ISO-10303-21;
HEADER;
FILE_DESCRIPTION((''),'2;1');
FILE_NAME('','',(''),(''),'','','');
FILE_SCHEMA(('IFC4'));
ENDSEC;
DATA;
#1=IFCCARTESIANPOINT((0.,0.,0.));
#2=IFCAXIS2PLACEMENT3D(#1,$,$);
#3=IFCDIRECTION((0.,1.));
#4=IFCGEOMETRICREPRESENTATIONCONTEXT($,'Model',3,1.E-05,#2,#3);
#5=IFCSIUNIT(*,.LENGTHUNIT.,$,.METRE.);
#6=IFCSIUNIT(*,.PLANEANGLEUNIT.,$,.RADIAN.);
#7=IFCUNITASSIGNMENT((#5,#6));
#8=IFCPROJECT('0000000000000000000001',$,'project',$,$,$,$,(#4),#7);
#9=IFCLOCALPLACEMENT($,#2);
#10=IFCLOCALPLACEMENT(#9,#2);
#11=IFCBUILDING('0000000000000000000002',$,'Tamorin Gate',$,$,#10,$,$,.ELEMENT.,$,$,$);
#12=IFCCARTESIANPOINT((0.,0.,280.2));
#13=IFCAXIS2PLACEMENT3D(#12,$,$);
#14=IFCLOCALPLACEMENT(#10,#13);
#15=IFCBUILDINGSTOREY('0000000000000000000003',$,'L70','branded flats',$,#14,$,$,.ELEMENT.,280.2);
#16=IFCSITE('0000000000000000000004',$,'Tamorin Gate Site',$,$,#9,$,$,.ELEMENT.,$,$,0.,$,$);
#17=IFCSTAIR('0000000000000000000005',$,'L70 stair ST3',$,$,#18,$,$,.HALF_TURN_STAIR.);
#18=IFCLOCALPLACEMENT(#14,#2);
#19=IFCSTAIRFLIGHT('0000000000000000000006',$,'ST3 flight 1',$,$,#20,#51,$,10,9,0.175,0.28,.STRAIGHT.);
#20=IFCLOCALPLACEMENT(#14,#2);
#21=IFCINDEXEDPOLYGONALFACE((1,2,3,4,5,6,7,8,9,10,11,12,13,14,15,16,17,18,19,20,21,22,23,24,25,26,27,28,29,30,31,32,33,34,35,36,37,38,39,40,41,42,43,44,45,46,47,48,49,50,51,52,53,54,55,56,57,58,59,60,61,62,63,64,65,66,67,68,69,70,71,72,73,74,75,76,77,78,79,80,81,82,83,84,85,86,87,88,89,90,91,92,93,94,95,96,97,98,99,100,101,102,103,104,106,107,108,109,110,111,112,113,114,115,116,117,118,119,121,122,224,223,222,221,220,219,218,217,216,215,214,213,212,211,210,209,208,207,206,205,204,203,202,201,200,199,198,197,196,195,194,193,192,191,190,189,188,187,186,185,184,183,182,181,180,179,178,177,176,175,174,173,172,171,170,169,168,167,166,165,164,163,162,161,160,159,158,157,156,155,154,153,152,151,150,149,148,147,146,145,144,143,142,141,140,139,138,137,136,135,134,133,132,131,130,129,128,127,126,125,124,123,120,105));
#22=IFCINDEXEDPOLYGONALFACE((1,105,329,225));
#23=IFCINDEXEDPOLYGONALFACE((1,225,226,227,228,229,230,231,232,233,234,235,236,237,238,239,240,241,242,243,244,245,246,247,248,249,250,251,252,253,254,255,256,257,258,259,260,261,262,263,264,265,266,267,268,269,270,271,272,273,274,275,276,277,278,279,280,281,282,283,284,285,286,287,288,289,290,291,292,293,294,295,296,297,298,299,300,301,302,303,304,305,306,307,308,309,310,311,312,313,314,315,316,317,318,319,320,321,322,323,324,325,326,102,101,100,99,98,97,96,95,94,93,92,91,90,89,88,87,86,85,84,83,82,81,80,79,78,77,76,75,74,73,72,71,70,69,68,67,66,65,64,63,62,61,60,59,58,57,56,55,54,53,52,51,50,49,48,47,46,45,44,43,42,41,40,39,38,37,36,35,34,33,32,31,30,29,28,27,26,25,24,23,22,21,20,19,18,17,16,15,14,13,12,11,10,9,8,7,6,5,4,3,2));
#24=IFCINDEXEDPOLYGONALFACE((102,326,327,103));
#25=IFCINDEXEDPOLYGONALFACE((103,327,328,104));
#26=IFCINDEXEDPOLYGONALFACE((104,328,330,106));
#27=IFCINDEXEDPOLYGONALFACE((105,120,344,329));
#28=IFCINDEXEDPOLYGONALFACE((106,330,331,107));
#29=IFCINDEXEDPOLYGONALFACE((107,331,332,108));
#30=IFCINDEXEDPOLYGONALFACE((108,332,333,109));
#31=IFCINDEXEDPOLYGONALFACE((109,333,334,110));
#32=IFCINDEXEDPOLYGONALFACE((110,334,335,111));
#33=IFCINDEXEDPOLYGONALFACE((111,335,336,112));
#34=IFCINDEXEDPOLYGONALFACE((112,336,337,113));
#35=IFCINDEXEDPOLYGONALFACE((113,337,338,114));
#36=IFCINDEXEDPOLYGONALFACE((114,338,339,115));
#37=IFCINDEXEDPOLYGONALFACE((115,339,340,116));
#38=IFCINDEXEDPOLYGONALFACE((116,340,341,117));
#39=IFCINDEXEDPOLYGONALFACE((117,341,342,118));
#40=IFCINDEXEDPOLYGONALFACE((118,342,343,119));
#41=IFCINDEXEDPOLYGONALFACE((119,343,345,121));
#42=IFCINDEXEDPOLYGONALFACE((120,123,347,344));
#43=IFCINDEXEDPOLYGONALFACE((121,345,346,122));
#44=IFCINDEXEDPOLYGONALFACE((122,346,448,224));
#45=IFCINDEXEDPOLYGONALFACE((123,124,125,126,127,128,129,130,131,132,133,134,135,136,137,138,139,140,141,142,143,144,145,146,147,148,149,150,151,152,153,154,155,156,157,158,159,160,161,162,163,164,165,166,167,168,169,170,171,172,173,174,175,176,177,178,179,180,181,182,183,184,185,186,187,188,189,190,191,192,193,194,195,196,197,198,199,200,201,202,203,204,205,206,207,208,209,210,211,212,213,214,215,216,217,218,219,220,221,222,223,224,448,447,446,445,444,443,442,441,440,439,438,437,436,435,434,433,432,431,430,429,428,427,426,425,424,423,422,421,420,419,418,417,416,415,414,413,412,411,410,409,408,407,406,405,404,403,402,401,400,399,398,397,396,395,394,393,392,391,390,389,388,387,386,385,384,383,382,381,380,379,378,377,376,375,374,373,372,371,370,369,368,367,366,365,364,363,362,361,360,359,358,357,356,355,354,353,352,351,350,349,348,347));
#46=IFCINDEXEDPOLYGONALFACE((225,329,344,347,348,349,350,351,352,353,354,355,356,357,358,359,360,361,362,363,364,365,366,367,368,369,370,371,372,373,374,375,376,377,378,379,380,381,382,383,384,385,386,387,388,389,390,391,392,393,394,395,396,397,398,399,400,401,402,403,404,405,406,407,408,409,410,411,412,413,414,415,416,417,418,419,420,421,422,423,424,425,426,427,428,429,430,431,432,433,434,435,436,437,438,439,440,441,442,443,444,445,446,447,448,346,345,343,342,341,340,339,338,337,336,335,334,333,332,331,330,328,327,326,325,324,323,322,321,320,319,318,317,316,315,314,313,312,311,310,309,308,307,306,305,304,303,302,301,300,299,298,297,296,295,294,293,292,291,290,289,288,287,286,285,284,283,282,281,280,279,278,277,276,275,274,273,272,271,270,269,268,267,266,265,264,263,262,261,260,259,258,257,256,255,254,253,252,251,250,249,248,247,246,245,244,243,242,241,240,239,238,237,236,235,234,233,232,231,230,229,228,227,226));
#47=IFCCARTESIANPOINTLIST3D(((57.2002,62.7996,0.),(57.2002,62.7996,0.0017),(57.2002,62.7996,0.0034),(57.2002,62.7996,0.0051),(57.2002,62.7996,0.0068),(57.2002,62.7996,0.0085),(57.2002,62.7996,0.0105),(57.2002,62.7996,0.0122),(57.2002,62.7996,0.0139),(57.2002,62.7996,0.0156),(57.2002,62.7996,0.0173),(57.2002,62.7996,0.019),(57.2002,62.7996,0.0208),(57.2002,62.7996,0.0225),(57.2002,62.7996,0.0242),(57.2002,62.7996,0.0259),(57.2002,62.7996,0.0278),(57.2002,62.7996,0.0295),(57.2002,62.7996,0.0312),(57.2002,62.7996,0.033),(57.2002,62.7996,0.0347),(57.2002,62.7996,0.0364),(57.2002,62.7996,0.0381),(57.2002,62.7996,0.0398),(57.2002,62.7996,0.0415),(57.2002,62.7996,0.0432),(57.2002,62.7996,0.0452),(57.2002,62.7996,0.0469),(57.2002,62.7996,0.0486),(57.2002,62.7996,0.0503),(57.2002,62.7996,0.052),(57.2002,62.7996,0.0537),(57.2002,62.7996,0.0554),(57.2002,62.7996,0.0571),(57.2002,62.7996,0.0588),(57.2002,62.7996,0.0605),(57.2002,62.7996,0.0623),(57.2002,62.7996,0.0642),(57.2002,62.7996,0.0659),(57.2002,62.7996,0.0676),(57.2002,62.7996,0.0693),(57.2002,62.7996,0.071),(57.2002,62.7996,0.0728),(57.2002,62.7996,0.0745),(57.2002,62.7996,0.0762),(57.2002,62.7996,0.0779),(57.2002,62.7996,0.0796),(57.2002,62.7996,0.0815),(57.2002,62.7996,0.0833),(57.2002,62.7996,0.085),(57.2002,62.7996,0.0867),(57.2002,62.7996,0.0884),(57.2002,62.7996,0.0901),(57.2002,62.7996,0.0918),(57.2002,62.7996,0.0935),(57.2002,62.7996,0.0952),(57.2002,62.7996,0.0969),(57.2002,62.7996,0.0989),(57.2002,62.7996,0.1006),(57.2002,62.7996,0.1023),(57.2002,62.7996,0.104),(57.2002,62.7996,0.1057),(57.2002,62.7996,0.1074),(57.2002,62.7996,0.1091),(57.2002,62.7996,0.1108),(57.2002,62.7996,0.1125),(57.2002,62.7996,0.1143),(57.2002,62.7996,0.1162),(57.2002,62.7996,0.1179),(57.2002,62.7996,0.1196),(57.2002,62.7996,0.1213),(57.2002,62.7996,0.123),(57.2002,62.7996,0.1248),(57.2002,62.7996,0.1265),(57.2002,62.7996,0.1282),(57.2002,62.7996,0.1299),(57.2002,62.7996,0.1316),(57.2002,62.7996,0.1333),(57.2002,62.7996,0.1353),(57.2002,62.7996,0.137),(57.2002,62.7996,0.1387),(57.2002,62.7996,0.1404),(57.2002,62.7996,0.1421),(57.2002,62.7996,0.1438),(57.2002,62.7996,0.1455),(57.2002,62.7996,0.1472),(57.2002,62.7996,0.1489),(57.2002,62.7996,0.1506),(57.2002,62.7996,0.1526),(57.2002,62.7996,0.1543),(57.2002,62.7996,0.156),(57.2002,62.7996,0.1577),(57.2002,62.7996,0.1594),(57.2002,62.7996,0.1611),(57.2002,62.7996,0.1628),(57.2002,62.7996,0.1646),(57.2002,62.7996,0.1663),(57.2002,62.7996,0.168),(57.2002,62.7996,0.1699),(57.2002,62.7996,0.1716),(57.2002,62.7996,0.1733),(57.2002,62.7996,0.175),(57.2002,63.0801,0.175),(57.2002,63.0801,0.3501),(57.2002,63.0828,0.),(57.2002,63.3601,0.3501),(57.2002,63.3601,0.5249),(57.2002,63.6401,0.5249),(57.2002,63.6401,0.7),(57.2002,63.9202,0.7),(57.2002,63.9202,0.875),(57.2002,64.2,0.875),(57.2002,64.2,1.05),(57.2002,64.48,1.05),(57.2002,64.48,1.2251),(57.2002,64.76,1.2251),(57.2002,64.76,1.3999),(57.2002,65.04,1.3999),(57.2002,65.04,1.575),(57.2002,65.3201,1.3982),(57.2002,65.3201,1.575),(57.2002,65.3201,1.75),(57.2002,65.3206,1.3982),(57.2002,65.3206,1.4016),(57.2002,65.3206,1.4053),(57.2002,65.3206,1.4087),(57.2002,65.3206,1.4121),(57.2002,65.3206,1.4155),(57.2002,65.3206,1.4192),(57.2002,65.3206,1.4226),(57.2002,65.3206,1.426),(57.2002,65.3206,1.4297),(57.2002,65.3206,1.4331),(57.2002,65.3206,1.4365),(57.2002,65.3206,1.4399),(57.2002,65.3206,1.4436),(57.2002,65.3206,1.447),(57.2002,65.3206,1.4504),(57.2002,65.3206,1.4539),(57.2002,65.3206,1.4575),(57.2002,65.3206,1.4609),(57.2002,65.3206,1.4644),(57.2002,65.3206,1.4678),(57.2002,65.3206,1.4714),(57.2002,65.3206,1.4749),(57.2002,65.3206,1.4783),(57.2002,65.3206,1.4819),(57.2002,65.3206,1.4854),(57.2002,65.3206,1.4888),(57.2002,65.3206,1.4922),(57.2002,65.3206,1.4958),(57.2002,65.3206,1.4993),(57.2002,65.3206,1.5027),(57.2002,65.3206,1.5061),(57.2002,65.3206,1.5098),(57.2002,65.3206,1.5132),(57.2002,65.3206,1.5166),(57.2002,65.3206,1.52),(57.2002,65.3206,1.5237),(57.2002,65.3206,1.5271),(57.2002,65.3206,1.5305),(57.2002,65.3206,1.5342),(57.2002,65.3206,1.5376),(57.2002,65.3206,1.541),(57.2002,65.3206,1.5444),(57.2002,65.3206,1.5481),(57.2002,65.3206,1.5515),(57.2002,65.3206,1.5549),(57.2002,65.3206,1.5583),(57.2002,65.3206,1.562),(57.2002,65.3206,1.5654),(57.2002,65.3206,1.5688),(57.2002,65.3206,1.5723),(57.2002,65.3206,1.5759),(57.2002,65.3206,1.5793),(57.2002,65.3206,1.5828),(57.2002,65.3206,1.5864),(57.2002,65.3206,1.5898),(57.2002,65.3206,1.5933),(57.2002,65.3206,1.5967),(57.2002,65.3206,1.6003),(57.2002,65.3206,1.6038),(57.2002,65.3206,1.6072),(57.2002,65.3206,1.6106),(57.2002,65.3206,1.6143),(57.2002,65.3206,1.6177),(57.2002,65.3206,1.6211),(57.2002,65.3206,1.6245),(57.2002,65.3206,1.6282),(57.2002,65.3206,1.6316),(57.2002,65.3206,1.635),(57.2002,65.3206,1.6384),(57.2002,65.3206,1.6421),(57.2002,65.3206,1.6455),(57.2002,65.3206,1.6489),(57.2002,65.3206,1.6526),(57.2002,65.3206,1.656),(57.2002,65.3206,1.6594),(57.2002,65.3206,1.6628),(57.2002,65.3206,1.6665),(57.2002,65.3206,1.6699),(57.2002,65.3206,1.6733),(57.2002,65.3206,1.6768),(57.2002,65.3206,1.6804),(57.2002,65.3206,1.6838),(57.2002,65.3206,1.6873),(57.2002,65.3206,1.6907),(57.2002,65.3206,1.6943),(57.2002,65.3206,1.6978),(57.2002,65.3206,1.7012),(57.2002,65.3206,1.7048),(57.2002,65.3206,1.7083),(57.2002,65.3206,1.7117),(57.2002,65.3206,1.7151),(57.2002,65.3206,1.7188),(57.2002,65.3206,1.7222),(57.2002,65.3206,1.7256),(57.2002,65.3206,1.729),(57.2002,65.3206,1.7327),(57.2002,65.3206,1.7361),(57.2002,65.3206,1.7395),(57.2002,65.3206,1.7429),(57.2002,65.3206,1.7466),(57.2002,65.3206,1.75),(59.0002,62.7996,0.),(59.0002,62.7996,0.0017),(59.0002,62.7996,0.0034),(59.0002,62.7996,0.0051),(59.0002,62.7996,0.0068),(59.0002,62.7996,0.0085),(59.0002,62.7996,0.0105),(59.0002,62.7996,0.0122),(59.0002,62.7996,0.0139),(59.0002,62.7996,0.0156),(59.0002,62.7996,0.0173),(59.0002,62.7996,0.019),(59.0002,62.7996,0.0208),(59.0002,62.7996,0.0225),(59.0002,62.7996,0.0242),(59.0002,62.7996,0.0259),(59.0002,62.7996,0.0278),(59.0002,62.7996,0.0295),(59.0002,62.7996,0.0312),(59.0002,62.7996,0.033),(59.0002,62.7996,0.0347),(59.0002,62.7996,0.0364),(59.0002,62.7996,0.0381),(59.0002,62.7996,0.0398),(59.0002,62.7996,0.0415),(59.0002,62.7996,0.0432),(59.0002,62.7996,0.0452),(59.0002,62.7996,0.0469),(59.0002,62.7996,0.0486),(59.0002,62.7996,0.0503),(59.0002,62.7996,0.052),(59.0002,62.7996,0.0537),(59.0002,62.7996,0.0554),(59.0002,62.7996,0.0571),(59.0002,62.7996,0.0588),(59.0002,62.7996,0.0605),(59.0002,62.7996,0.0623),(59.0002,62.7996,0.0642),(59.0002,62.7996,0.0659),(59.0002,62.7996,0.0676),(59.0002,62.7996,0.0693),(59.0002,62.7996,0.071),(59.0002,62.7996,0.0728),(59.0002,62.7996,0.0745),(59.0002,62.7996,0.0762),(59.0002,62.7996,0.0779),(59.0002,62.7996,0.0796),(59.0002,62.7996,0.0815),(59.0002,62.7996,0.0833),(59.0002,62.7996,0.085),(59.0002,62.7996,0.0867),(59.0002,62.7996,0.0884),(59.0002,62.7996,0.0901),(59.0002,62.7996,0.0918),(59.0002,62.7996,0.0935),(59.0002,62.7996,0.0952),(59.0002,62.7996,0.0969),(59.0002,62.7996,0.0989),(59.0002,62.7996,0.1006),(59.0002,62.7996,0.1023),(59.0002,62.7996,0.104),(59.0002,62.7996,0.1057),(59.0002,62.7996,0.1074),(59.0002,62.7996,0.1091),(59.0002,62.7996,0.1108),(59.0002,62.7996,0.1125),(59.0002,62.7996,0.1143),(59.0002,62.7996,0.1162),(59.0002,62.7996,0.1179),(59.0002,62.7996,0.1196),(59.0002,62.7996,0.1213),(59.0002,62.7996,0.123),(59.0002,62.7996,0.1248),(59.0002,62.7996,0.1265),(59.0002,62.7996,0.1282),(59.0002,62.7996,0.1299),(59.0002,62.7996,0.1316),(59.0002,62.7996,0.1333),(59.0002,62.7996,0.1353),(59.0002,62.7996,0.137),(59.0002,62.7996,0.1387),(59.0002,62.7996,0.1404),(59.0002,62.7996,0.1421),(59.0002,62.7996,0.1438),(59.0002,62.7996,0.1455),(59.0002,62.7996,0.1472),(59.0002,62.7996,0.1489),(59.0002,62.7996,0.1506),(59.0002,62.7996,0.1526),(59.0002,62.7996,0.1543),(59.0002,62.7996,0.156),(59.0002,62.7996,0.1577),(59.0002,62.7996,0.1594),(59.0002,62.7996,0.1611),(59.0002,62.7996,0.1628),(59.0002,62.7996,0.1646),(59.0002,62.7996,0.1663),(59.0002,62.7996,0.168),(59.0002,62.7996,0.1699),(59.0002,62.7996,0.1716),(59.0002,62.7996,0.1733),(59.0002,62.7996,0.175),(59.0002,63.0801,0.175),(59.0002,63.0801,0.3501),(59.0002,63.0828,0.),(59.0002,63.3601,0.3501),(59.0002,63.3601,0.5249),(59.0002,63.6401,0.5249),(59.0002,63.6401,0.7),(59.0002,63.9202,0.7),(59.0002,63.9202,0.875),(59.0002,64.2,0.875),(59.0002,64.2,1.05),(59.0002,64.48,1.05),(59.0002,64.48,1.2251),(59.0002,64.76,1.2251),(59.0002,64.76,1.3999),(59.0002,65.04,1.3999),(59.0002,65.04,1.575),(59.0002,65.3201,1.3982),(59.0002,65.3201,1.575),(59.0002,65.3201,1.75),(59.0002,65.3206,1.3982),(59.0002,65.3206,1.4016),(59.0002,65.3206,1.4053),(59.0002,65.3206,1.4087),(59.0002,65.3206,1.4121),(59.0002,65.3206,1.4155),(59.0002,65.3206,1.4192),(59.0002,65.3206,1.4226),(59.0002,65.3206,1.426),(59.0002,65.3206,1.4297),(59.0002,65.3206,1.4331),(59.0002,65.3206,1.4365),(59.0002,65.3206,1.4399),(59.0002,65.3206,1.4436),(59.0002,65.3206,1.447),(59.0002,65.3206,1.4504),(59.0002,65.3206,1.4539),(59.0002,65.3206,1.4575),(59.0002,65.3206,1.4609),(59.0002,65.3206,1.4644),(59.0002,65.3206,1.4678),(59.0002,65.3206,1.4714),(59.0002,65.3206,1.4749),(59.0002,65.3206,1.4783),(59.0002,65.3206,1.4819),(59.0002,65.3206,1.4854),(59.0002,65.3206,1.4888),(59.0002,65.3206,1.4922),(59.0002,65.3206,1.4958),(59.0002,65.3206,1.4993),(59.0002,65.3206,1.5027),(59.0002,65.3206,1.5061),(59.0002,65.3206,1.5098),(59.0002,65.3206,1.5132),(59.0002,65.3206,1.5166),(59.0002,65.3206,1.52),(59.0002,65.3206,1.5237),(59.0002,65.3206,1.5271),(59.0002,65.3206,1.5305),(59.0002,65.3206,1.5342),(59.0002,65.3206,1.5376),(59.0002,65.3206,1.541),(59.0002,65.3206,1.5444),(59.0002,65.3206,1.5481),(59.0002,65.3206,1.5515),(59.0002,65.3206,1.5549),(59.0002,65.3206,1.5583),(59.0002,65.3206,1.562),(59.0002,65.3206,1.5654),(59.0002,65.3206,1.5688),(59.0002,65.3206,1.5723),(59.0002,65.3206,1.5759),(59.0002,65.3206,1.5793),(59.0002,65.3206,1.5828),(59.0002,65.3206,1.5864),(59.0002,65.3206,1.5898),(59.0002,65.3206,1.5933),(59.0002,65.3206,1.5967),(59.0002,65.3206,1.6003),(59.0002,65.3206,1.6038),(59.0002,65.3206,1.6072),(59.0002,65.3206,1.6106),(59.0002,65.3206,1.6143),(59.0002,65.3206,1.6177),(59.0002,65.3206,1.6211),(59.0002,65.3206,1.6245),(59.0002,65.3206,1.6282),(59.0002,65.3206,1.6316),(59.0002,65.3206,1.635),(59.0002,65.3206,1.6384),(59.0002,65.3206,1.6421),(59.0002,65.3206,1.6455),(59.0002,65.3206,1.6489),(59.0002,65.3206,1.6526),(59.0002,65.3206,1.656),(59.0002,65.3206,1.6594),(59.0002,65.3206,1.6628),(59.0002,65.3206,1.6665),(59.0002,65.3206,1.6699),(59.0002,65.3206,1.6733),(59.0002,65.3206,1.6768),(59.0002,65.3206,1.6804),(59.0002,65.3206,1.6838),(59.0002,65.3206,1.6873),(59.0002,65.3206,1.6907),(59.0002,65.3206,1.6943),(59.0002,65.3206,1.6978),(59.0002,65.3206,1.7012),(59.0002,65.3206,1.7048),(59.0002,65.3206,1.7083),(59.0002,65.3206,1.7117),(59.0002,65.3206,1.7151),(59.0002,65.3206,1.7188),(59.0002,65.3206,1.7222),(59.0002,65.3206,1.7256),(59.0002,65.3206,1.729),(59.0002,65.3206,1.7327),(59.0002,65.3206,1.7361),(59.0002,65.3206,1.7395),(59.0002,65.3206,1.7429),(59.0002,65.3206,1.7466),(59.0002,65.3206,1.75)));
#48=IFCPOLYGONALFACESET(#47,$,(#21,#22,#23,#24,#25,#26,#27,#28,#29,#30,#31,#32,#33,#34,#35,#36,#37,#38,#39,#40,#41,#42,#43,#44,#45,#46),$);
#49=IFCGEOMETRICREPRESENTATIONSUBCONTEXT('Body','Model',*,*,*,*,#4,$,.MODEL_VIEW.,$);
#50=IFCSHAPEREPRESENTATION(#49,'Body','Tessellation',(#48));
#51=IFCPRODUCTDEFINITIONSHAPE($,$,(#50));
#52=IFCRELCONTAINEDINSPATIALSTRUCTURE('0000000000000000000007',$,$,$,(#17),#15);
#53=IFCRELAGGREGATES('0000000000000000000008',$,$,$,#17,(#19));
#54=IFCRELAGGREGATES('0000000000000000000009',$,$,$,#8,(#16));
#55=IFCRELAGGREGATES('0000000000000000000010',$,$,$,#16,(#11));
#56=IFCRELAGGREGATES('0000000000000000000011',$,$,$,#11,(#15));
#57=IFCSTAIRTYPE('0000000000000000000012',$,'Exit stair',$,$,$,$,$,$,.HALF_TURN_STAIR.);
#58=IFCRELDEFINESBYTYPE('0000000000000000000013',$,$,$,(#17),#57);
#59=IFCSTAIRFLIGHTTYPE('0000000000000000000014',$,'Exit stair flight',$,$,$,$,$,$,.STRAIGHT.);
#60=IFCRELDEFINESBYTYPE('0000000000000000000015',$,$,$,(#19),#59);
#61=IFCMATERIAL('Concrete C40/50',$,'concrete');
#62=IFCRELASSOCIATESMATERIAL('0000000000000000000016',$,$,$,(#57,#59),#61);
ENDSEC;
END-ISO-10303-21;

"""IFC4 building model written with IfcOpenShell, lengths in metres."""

from ifc_helpers import new_model, si_unit, direction, frame, origin, place, context, subcontext, project, spatial, polyline, outline, extrude, material, type_object, element, aggregate, save


model = new_model("IFC4")

# Units and contexts
model_context = context("Model", 3, precision=1e-05, world=origin(), true_north=direction((0.0, 1.0)))
body_context = subcontext(model_context, "Body", "Model", "MODEL_VIEW")
ifc_project = project(units=[si_unit("LENGTHUNIT", "METRE"), si_unit("PLANEANGLEUNIT", "RADIAN")], contexts=[model_context])

# Site, building, storey
site_placement = place(None, origin())
site = spatial("IfcSite", under=ifc_project, at=site_placement, Name="Tamorin Gate Site", CompositionType="ELEMENT", RefElevation=0.0)
building_placement = place(site_placement, origin())
building = spatial("IfcBuilding", under=site, at=building_placement, Name="Tamorin Gate", CompositionType="ELEMENT")
storey_placement = place(building_placement, frame((0.0, 0.0, 280.2)))
storey = spatial("IfcBuildingStorey", under=building, at=storey_placement, Name="L70", Description="branded flats", CompositionType="ELEMENT", Elevation=280.2)

# Stair, stair flight
ifc_material_1 = material(Name="Concrete C40/50", Category="concrete")
stair_type = type_object("IfcStairType", Name="Exit stair", PredefinedType="HALF_TURN_STAIR", material=ifc_material_1)
stair_placement = place(storey_placement, origin())
stair = element("IfcStair", 1, at=stair_placement, inside=storey, type_object=stair_type, Name="L70 stair ST3", PredefinedType="HALF_TURN_STAIR")
stair_flight_type = type_object("IfcStairFlightType", Name="Exit stair flight", PredefinedType="STRAIGHT", material=ifc_material_1)
stair_flight_placement = place(storey_placement, frame((58.1001, 62.8, 0.0), z_axis=(0.0, 0.0, 1.0), x_axis=(0.0, 1.0, 0.0)))
stair_flight = element("IfcStairFlight", 2, at=stair_flight_placement, type_object=stair_flight_type, Name="ST3 flight 1", NumberOfRisers=10, NumberOfTreads=9, PredefinedType="STRAIGHT", RiserHeight=0.175, TreadLength=0.28, context=body_context, shape_type="SweptSolid", body=[
    extrude(outline(polyline([(-0.0005, 0.0), (-0.0005, 0.0017), (-0.0005, 0.0034), (-0.0005, 0.0051), (-0.0005, 0.0068), (-0.0005, 0.0085), (-0.0005, 0.0105), (-0.0005, 0.0122), (-0.0005, 0.0139), (-0.0005, 0.0156), (-0.0005, 0.0173), (-0.0005, 0.019), (-0.0005, 0.0208), (-0.0005, 0.0225), (-0.0005, 0.0242), (-0.0005, 0.0259), (-0.0005, 0.0278), (-0.0005, 0.0295), (-0.0005, 0.0312), (-0.0005, 0.033), (-0.0005, 0.0347), (-0.0005, 0.0364), (-0.0005, 0.0381), (-0.0005, 0.0398), (-0.0005, 0.0415), (-0.0005, 0.0432), (-0.0005, 0.0452), (-0.0005, 0.0469), (-0.0005, 0.0486), (-0.0005, 0.0503), (-0.0005, 0.052), (-0.0005, 0.0537), (-0.0005, 0.0554), (-0.0005, 0.0571), (-0.0005, 0.0588), (-0.0005, 0.0605), (-0.0005, 0.0623), (-0.0005, 0.0642), (-0.0005, 0.0659), (-0.0005, 0.0676), (-0.0005, 0.0693), (-0.0005, 0.071), (-0.0005, 0.0728), (-0.0005, 0.0745), (-0.0005, 0.0762), (-0.0005, 0.0779), (-0.0005, 0.0796), (-0.0005, 0.0815), (-0.0005, 0.0833), (-0.0005, 0.085), (-0.0005, 0.0867), (-0.0005, 0.0884), (-0.0005, 0.0901), (-0.0005, 0.0918), (-0.0005, 0.0935), (-0.0005, 0.0952), (-0.0005, 0.0969), (-0.0005, 0.0989), (-0.0005, 0.1006), (-0.0005, 0.1023), (-0.0005, 0.104), (-0.0005, 0.1057), (-0.0005, 0.1074), (-0.0005, 0.1091), (-0.0005, 0.1108), (-0.0005, 0.1125), (-0.0005, 0.1143), (-0.0005, 0.1162), (-0.0005, 0.1179), (-0.0005, 0.1196), (-0.0005, 0.1213), (-0.0005, 0.123), (-0.0005, 0.1248), (-0.0005, 0.1265), (-0.0005, 0.1282), (-0.0005, 0.1299), (-0.0005, 0.1316), (-0.0005, 0.1333), (-0.0005, 0.1353), (-0.0005, 0.137), (-0.0005, 0.1387), (-0.0005, 0.1404), (-0.0005, 0.1421), (-0.0005, 0.1438), (-0.0005, 0.1455), (-0.0005, 0.1472), (-0.0005, 0.1489), (-0.0005, 0.1506), (-0.0005, 0.1526), (-0.0005, 0.1543), (-0.0005, 0.156), (-0.0005, 0.1577), (-0.0005, 0.1594), (-0.0005, 0.1611), (-0.0005, 0.1628), (-0.0005, 0.1646), (-0.0005, 0.1663), (-0.0005, 0.168), (-0.0005, 0.1699), (-0.0005, 0.1716), (-0.0005, 0.1733), (-0.0005, 0.175), (0.28, 0.175), (0.28, 0.3501), (0.5601, 0.3501), (0.5601, 0.5249), (0.8401, 0.5249), (0.8401, 0.7), (1.1201, 0.7), (1.1201, 0.875), (1.3999, 0.875), (1.3999, 1.05), (1.6799, 1.05), (1.6799, 1.2251), (1.96, 1.2251), (1.96, 1.3999), (2.24, 1.3999), (2.24, 1.575), (2.52, 1.575), (2.52, 1.75), (2.5205, 1.75), (2.5205, 1.7466), (2.5205, 1.7429), (2.5205, 1.7395), (2.5205, 1.7361), (2.5205, 1.7327), (2.5205, 1.729), (2.5205, 1.7256), (2.5205, 1.7222), (2.5205, 1.7188), (2.5205, 1.7151), (2.5205, 1.7117), (2.5205, 1.7083), (2.5205, 1.7048), (2.5205, 1.7012), (2.5205, 1.6978), (2.5205, 1.6943), (2.5205, 1.6907), (2.5205, 1.6873), (2.5205, 1.6838), (2.5205, 1.6804), (2.5205, 1.6768), (2.5205, 1.6733), (2.5205, 1.6699), (2.5205, 1.6665), (2.5205, 1.6628), (2.5205, 1.6594), (2.5205, 1.656), (2.5205, 1.6526), (2.5205, 1.6489), (2.5205, 1.6455), (2.5205, 1.6421), (2.5205, 1.6384), (2.5205, 1.635), (2.5205, 1.6316), (2.5205, 1.6282), (2.5205, 1.6245), (2.5205, 1.6211), (2.5205, 1.6177), (2.5205, 1.6143), (2.5205, 1.6106), (2.5205, 1.6072), (2.5205, 1.6038), (2.5205, 1.6003), (2.5205, 1.5967), (2.5205, 1.5933), (2.5205, 1.5898), (2.5205, 1.5864), (2.5205, 1.5828), (2.5205, 1.5793), (2.5205, 1.5759), (2.5205, 1.5723), (2.5205, 1.5688), (2.5205, 1.5654), (2.5205, 1.562), (2.5205, 1.5583), (2.5205, 1.5549), (2.5205, 1.5515), (2.5205, 1.5481), (2.5205, 1.5444), (2.5205, 1.541), (2.5205, 1.5376), (2.5205, 1.5342), (2.5205, 1.5305), (2.5205, 1.5271), (2.5205, 1.5237), (2.5205, 1.52), (2.5205, 1.5166), (2.5205, 1.5132), (2.5205, 1.5098), (2.5205, 1.5061), (2.5205, 1.5027), (2.5205, 1.4993), (2.5205, 1.4958), (2.5205, 1.4922), (2.5205, 1.4888), (2.5205, 1.4854), (2.5205, 1.4819), (2.5205, 1.4783), (2.5205, 1.4749), (2.5205, 1.4714), (2.5205, 1.4678), (2.5205, 1.4644), (2.5205, 1.4609), (2.5205, 1.4575), (2.5205, 1.4539), (2.5205, 1.4504), (2.5205, 1.447), (2.5205, 1.4436), (2.5205, 1.4399), (2.5205, 1.4365), (2.5205, 1.4331), (2.5205, 1.4297), (2.5205, 1.426), (2.5205, 1.4226), (2.5205, 1.4192), (2.5205, 1.4155), (2.5205, 1.4121), (2.5205, 1.4087), (2.5205, 1.4053), (2.5205, 1.4016), (2.5205, 1.3982), (2.52, 1.3982), (0.2827, 0.0), (-0.0005, 0.0)])), frame((0.0, 0.8999, 0.0), z_axis=(0.0, -1.0, 0.0), x_axis=(1.0, 0.0, 0.0)), (0.0, 0.0, 1.0), 1.8),
])
aggregate(stair, [stair_flight])

save(model, "model.ifc")
